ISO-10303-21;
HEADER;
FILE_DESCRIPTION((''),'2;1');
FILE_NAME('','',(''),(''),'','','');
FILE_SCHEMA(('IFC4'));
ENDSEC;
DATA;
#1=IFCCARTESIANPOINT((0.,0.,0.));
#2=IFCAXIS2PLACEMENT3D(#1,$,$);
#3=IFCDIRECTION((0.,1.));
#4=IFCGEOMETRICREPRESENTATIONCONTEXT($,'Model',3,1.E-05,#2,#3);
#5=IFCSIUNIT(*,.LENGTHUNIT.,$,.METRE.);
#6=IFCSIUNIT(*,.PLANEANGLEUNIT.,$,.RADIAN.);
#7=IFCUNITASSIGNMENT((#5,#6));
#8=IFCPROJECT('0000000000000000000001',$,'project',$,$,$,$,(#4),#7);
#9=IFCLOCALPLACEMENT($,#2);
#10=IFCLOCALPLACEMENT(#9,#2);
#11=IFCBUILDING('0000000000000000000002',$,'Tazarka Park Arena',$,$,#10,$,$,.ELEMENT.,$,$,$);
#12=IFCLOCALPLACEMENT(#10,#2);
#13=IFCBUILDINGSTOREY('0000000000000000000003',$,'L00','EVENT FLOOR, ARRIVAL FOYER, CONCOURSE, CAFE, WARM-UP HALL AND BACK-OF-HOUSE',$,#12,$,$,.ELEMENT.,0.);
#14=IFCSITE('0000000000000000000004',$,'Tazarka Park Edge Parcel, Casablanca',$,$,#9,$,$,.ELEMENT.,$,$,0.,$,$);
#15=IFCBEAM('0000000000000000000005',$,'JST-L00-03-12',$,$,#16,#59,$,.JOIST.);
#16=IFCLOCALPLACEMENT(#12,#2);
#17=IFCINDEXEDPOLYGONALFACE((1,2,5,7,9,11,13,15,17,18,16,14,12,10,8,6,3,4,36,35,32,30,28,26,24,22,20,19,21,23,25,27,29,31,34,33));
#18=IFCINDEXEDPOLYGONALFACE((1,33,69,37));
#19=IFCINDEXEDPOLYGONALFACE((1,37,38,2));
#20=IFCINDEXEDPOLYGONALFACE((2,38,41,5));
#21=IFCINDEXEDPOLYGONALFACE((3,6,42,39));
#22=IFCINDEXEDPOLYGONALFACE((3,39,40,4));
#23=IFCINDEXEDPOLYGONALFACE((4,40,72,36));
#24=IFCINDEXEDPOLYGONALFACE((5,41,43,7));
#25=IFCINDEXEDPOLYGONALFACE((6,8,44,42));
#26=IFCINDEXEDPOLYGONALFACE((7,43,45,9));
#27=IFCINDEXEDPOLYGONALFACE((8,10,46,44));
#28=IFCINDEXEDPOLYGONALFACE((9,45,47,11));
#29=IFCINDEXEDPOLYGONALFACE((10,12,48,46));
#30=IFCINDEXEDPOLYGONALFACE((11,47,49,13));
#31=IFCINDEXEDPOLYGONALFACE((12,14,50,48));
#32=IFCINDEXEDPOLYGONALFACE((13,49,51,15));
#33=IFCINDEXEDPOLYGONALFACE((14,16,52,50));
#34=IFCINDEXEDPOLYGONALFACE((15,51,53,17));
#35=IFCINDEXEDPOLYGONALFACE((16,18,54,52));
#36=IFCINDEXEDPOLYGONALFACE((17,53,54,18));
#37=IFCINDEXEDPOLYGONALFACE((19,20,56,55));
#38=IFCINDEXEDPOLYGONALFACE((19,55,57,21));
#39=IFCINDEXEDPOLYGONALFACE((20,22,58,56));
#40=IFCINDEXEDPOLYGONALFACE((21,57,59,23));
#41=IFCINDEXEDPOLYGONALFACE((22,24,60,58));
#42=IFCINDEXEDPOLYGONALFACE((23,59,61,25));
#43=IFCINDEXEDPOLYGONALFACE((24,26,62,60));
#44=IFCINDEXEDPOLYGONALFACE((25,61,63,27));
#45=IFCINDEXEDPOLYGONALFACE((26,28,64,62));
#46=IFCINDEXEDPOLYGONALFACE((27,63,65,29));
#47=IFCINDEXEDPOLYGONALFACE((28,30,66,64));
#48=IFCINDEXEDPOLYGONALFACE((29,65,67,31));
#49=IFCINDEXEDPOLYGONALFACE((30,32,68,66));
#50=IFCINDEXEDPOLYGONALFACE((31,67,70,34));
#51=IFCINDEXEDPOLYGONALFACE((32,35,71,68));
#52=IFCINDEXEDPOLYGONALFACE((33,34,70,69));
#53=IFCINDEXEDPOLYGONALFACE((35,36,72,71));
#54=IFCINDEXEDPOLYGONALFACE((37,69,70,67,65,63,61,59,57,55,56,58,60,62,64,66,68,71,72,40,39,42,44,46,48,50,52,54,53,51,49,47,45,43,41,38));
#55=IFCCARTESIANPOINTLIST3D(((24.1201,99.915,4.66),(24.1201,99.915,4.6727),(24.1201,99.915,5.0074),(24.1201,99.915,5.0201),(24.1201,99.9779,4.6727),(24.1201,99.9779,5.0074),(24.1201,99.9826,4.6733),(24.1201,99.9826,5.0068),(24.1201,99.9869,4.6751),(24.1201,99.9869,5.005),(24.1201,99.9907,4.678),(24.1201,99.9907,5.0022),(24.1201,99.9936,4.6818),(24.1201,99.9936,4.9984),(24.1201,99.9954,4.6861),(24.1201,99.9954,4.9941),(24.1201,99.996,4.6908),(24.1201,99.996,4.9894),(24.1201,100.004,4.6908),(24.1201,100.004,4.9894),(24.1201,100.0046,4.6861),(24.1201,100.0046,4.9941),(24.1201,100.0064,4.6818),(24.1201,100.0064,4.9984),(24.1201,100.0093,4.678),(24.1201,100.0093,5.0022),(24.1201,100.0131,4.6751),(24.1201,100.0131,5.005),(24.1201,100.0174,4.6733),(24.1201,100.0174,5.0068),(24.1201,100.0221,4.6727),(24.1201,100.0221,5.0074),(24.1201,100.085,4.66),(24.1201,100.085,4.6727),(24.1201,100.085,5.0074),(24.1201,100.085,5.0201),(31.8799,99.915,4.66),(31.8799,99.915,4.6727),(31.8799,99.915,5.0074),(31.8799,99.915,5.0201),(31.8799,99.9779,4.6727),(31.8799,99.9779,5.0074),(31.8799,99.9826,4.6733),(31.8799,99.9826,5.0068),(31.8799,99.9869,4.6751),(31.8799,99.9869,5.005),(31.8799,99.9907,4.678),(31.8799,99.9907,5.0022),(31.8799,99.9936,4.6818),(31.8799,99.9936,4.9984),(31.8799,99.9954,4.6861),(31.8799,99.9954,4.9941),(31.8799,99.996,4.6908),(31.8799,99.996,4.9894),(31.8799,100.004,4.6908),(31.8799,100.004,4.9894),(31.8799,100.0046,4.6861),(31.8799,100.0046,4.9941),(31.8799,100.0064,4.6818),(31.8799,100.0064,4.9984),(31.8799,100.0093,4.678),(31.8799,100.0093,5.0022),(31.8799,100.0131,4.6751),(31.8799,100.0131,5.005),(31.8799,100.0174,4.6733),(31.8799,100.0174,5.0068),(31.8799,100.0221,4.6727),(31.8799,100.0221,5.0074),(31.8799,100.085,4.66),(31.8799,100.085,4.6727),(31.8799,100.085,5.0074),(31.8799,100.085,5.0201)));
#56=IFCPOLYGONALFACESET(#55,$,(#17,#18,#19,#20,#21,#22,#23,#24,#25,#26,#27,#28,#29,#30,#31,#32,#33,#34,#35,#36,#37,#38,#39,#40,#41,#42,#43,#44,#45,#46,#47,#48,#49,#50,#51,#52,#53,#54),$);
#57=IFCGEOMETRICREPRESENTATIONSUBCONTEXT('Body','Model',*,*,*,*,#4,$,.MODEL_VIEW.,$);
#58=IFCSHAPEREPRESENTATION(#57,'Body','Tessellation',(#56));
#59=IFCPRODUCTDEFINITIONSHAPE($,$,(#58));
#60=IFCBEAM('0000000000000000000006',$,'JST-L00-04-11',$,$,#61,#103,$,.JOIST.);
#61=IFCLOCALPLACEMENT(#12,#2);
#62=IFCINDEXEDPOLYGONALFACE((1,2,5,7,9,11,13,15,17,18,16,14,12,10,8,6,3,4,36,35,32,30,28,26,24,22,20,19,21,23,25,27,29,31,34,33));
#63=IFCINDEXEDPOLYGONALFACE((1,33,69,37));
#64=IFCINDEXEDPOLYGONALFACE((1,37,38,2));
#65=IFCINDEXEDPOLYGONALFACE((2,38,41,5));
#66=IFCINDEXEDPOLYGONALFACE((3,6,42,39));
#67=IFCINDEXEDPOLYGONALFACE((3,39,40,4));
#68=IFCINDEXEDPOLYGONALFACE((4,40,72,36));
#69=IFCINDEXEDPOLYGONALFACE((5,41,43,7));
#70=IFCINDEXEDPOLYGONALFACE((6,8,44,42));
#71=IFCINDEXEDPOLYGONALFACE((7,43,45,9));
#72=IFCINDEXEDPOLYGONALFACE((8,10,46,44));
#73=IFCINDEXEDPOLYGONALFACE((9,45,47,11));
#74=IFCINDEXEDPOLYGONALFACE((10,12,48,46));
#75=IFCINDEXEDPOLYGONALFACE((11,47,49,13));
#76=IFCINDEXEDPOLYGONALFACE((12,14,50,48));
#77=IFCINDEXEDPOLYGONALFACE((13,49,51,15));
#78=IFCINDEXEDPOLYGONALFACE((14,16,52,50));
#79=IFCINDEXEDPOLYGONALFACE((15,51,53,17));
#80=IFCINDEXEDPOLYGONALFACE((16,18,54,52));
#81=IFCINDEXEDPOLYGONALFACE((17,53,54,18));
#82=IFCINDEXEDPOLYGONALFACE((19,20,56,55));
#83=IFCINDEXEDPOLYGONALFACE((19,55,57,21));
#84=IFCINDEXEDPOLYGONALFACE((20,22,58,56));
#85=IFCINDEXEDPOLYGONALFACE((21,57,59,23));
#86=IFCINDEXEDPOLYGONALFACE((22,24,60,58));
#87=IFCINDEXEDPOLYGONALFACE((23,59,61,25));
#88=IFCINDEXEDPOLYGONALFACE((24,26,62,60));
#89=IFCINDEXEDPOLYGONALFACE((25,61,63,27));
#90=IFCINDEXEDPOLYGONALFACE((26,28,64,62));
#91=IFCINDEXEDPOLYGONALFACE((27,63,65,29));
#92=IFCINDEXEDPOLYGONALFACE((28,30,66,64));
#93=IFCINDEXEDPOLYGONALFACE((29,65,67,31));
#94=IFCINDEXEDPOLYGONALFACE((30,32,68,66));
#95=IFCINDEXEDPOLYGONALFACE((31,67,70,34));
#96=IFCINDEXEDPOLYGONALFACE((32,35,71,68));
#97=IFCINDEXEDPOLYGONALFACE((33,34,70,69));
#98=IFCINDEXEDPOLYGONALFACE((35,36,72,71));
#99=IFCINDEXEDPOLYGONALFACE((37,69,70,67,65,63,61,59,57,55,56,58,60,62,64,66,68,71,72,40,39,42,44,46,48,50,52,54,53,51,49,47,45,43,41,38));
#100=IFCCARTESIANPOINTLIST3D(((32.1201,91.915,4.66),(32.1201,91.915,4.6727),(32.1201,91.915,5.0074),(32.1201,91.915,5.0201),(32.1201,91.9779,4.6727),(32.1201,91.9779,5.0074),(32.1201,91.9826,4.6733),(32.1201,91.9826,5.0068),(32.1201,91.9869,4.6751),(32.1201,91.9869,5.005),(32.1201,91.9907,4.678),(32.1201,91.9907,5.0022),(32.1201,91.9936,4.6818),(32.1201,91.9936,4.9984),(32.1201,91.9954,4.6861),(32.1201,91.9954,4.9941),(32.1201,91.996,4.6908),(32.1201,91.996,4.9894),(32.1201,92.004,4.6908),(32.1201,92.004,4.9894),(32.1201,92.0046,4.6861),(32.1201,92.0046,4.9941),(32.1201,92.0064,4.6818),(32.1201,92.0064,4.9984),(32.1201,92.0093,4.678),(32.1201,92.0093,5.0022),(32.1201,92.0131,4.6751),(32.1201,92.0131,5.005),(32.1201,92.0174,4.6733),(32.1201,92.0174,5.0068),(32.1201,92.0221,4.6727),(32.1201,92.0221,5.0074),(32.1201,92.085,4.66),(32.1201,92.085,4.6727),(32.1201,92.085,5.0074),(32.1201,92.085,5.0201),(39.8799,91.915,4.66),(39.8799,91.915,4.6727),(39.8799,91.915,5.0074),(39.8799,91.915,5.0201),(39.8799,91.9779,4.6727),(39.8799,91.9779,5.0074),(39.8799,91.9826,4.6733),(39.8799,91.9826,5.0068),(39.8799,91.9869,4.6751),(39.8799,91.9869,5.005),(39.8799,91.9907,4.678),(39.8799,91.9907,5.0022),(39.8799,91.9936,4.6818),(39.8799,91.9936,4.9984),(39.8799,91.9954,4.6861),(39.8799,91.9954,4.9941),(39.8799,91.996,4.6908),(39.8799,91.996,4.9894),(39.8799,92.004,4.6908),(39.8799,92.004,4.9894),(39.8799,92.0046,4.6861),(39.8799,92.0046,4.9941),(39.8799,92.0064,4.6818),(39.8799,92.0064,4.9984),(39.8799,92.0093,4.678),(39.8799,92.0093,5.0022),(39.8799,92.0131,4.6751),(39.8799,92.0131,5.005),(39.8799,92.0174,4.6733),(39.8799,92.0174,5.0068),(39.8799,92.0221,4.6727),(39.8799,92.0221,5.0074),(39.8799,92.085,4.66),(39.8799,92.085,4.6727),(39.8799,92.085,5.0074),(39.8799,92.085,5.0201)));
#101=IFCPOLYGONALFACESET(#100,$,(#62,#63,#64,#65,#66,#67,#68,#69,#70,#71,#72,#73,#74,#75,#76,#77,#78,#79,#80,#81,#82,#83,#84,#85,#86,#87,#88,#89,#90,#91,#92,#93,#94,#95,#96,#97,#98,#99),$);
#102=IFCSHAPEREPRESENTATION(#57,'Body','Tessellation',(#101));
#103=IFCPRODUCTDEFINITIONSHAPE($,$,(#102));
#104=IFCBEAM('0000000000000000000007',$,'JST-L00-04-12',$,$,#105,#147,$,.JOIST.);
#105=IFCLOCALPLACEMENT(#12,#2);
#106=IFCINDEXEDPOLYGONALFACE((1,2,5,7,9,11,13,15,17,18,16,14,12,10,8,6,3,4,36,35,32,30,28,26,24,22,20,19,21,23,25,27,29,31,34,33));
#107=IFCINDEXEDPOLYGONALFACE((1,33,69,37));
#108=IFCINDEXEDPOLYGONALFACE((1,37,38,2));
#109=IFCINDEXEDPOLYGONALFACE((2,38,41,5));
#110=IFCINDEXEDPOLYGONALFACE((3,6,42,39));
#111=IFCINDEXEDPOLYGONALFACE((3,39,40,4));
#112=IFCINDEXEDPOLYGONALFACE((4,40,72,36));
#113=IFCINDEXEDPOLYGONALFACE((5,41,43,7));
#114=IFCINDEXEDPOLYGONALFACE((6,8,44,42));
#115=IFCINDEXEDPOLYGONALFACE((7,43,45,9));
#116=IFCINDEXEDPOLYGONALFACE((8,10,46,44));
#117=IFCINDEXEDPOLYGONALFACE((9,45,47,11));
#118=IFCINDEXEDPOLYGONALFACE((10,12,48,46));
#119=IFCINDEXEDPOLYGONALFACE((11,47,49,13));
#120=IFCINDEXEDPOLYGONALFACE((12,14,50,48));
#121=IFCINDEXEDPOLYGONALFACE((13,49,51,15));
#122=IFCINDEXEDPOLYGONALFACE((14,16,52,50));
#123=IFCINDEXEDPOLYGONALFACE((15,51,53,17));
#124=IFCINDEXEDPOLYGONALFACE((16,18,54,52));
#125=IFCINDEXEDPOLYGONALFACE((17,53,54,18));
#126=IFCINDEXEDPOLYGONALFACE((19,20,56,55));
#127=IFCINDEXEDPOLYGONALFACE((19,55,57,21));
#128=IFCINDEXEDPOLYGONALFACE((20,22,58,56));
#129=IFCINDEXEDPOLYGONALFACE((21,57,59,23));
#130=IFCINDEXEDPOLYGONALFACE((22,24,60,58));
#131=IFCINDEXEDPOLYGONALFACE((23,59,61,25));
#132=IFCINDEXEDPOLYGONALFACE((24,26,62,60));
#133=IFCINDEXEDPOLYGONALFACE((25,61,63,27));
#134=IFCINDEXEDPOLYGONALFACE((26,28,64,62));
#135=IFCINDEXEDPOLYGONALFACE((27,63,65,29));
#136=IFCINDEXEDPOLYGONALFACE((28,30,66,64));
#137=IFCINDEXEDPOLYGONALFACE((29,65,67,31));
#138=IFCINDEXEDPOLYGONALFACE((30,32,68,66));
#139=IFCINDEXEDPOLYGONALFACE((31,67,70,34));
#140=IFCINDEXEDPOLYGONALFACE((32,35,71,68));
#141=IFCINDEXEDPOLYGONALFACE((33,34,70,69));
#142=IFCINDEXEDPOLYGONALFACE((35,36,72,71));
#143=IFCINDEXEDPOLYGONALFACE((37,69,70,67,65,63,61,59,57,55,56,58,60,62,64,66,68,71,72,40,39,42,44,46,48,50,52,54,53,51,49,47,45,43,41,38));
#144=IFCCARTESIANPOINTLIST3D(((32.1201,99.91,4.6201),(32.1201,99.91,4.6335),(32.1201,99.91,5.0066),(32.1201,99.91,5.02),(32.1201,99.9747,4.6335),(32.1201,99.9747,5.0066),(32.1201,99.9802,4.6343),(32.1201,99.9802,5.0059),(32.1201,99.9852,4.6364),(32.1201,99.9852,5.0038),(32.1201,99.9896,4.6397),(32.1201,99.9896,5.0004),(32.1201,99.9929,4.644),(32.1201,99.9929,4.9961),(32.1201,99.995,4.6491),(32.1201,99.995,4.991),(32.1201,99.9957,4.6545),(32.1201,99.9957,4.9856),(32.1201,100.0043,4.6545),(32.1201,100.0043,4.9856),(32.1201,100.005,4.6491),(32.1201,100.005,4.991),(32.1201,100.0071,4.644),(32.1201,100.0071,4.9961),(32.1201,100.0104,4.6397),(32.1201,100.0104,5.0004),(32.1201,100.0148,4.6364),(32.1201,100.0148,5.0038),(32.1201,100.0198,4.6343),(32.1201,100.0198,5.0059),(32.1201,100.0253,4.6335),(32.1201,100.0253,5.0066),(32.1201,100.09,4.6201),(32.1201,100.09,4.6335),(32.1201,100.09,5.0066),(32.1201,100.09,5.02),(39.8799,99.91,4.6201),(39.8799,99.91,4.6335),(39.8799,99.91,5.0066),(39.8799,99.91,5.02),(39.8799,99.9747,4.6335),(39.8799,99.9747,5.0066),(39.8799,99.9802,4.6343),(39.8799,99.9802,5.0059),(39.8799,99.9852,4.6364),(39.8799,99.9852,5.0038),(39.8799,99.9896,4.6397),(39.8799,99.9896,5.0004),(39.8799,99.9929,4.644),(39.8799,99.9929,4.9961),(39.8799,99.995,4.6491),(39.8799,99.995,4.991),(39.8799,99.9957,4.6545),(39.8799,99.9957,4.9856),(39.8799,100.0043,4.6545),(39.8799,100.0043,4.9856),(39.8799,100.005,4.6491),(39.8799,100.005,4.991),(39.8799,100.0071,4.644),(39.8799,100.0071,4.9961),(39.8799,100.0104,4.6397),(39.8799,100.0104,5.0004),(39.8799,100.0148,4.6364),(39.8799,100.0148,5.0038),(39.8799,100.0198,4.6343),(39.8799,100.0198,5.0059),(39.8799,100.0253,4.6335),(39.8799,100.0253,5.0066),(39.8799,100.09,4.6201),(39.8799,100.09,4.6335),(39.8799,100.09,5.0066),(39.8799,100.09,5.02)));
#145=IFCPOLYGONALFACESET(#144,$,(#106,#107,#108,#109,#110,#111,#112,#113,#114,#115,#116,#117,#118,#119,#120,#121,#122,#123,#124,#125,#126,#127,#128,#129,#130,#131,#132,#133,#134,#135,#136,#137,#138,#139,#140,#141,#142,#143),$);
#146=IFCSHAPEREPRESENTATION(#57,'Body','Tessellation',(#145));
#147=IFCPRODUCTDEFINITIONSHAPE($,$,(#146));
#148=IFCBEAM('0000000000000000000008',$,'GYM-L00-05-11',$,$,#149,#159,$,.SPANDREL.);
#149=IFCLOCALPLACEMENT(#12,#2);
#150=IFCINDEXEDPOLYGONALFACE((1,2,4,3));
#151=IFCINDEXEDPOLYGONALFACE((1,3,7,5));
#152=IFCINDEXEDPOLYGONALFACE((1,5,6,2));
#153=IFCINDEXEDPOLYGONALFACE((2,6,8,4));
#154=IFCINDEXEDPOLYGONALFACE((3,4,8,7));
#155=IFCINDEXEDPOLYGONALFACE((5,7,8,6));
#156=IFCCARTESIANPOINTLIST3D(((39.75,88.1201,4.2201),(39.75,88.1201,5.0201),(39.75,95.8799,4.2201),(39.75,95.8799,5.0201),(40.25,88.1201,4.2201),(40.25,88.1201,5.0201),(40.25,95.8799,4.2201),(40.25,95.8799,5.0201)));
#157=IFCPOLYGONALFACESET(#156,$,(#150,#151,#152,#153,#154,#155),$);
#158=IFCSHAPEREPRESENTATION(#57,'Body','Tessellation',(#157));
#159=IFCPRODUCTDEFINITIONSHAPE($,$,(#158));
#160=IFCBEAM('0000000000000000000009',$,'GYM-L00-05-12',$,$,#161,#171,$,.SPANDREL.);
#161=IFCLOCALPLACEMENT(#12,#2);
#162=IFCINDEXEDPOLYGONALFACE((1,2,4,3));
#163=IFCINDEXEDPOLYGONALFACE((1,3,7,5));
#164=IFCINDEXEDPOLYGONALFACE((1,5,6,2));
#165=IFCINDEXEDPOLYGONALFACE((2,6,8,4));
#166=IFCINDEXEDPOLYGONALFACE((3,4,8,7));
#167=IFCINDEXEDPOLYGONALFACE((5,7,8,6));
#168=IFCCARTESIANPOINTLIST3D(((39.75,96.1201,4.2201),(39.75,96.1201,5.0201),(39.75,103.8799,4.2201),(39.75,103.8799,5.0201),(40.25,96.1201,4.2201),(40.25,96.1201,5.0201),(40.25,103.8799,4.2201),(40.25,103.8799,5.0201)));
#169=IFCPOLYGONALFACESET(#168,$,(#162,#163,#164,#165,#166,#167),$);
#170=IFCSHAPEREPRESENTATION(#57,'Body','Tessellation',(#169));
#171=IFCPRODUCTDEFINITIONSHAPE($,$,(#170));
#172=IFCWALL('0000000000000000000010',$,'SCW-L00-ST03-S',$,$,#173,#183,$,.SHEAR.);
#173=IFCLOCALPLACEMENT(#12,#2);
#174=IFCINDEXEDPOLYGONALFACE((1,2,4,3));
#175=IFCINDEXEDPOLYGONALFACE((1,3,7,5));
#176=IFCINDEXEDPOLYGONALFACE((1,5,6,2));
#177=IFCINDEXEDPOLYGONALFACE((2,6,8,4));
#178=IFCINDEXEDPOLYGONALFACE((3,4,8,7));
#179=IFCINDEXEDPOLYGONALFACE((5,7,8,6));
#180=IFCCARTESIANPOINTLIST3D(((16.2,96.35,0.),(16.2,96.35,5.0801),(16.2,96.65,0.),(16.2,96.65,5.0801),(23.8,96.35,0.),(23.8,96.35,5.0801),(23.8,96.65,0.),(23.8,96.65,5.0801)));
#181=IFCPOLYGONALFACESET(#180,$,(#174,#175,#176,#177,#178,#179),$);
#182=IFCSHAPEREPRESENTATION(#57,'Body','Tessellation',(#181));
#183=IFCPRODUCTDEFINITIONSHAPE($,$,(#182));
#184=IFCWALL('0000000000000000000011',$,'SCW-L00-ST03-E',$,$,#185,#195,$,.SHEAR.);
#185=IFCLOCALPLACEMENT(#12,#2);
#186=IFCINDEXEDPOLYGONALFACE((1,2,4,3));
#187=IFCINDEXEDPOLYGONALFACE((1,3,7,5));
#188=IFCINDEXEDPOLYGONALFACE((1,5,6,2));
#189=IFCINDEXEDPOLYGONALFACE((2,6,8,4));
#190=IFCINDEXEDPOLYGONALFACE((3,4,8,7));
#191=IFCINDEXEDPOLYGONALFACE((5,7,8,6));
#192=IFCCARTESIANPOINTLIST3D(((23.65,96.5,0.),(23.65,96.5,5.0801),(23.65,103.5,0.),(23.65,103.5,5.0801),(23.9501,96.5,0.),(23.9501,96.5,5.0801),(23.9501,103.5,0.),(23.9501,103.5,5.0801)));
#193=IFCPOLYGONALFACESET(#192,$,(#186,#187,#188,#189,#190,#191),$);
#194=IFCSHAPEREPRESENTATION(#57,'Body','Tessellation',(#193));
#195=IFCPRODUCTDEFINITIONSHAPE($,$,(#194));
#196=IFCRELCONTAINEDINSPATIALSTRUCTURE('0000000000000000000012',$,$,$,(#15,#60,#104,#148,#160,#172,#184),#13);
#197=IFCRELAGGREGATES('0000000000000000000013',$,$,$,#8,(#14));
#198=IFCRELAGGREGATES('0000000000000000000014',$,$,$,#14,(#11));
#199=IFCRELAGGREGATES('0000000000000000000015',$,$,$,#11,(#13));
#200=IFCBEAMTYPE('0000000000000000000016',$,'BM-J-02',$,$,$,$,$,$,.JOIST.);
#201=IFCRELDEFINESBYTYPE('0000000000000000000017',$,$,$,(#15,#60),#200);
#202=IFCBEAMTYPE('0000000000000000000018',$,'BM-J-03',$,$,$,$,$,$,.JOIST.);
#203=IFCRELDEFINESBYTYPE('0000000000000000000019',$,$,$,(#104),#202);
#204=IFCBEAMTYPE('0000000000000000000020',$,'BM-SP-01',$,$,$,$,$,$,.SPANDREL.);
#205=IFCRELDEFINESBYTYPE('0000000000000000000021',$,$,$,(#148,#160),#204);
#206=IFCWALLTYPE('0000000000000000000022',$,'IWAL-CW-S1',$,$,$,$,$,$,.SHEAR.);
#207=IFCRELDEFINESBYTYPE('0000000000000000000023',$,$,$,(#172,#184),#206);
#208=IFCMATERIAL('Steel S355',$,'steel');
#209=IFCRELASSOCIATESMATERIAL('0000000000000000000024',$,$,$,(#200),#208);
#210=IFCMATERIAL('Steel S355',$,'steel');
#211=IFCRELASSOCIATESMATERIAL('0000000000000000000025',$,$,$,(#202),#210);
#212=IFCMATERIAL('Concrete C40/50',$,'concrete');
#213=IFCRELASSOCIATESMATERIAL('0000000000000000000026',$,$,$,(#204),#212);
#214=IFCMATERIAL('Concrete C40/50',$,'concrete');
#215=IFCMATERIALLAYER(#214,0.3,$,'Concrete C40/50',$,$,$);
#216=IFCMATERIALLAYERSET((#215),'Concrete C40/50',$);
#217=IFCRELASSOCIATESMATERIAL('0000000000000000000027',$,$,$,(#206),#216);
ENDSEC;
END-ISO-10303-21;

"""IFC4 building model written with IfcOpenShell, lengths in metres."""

from ifc_helpers import new_model, si_unit, direction, frame, frame_2d, origin, origin_2d, place, context, subcontext, project, spatial, rectangle, i_section, extrude, material, layer, layer_set, material_profile, profile_set, type_object, element, save


model = new_model("IFC4")

# Units and contexts
model_context = context("Model", 3, precision=1e-05, world=origin(), true_north=direction((0.0, 1.0)))
body_context = subcontext(model_context, "Body", "Model", "MODEL_VIEW")
ifc_project = project(units=[si_unit("LENGTHUNIT", "METRE"), si_unit("PLANEANGLEUNIT", "RADIAN")], contexts=[model_context])

# Site, building, storey
site_placement = place(None, origin())
site = spatial("IfcSite", under=ifc_project, at=site_placement, Name="Tazarka Park Edge Parcel, Casablanca", CompositionType="ELEMENT", RefElevation=0.0)
building_placement = place(site_placement, origin())
building = spatial("IfcBuilding", under=site, at=building_placement, Name="Tazarka Park Arena", CompositionType="ELEMENT")
storey_placement = place(building_placement, origin())
storey = spatial("IfcBuildingStorey", under=building, at=storey_placement, Name="L00", Description="EVENT FLOOR, ARRIVAL FOYER, CONCOURSE, CAFE, WARM-UP HALL AND BACK-OF-HOUSE", CompositionType="ELEMENT", Elevation=0.0)

# Beams
ifc_material_1 = material(Name="Steel S355", Category="steel")
ifc_material_profile_1 = material_profile(ifc_material_1, i_section(OverallWidth=0.1699, OverallDepth=0.3601, WebThickness=0.0081, FlangeThickness=0.0127, FilletRadius=0.0181, at=origin_2d()), Name="Steel S355")
ifc_profile_set_1 = profile_set([ifc_material_profile_1], Name="Steel S355")
beam_type_1 = type_object("IfcBeamType", Name="BM-J-02", PredefinedType="JOIST", material=ifc_profile_set_1)
for number, where, z_axis, x_axis, name in (
    (1, (24.1201, 100.0, 4.8401), (1.0, 0.0, 0.0), (0.0, 1.0, 0.0), "JST-L00-03-12"),
    (2, (32.1201, 92.0, 4.8401), (1.0, 0.0, 0.0), (0.0, 1.0, 0.0), "JST-L00-04-11"),
):
    element("IfcBeam", number, at=place(storey_placement, frame(where, z_axis=z_axis, x_axis=x_axis)), inside=storey, type_object=beam_type_1, Name=name, PredefinedType="JOIST", context=body_context, shape_type="SweptSolid", body=[
        extrude(i_section(OverallWidth=0.1699, OverallDepth=0.3601, WebThickness=0.0081, FlangeThickness=0.0127, FilletRadius=0.0181, at=origin_2d()), origin(), (0.0, 0.0, 1.0), 7.7598),
    ])
ifc_material_2 = material(Name="Steel S355", Category="steel")
ifc_material_profile_2 = material_profile(ifc_material_2, i_section(OverallWidth=0.1799, OverallDepth=0.3999, WebThickness=0.0085, FlangeThickness=0.0134, FilletRadius=0.021, at=origin_2d()), Name="Steel S355")
ifc_profile_set_2 = profile_set([ifc_material_profile_2], Name="Steel S355")
beam_type_2 = type_object("IfcBeamType", Name="BM-J-03", PredefinedType="JOIST", material=ifc_profile_set_2)
beam_1_placement = place(storey_placement, frame((32.1201, 100.0, 4.8201), z_axis=(1.0, 0.0, 0.0), x_axis=(0.0, 1.0, 0.0)))
element("IfcBeam", 3, at=beam_1_placement, inside=storey, type_object=beam_type_2, Name="JST-L00-04-12", PredefinedType="JOIST", context=body_context, shape_type="SweptSolid", body=[
    extrude(i_section(OverallWidth=0.1799, OverallDepth=0.3999, WebThickness=0.0085, FlangeThickness=0.0134, FilletRadius=0.021, at=origin_2d()), origin(), (0.0, 0.0, 1.0), 7.7598),
])
ifc_material_3 = material(Name="Concrete C40/50", Category="concrete")
ifc_material_profile_3 = material_profile(ifc_material_3, rectangle(XDim=0.5, YDim=0.8, at=origin_2d()), Name="Concrete C40/50")
ifc_profile_set_3 = profile_set([ifc_material_profile_3], Name="Concrete C40/50")
beam_type_3 = type_object("IfcBeamType", Name="BM-SP-01", PredefinedType="SPANDREL", material=ifc_profile_set_3)
for number, where, z_axis, x_axis, name in (
    (4, (40.0, 88.1201, 4.6201), (0.0, 1.0, 0.0), (-1.0, 0.0, 0.0), "GYM-L00-05-11"),
    (5, (40.0, 96.1201, 4.6201), (0.0, 1.0, 0.0), (-1.0, 0.0, 0.0), "GYM-L00-05-12"),
):
    element("IfcBeam", number, at=place(storey_placement, frame(where, z_axis=z_axis, x_axis=x_axis)), inside=storey, type_object=beam_type_3, Name=name, PredefinedType="SPANDREL", context=body_context, shape_type="SweptSolid", body=[
        extrude(rectangle(XDim=0.5, YDim=0.8, at=origin_2d()), origin(), (0.0, 0.0, 1.0), 7.7598),
    ])

# Walls
ifc_material_4 = material(Name="Concrete C40/50", Category="concrete")
ifc_layer_1 = layer(ifc_material_4, 0.3, Name="Concrete C40/50")
ifc_layer_set_1 = layer_set([ifc_layer_1], Name="Concrete C40/50")
wall_type_1 = type_object("IfcWallType", Name="IWAL-CW-S1", PredefinedType="SHEAR", material=ifc_layer_set_1)
wall_1_placement = place(storey_placement, frame((23.8, 96.5, 0.0), z_axis=(0.0, 0.0, 1.0), x_axis=(-1.0, 0.0, 0.0)))
element("IfcWall", 6, at=wall_1_placement, inside=storey, type_object=wall_type_1, Name="SCW-L00-ST03-S", PredefinedType="SHEAR", context=body_context, shape_type="SweptSolid", body=[
    extrude(rectangle(XDim=7.6001, YDim=0.3, at=frame_2d((3.8, 0.0))), origin(), (0.0, 0.0, 1.0), 5.0801),
])
wall_2_placement = place(storey_placement, frame((23.8, 103.5, 0.0), z_axis=(0.0, 0.0, 1.0), x_axis=(0.0, -1.0, 0.0)))
element("IfcWall", 7, at=wall_2_placement, inside=storey, type_object=wall_type_1, Name="SCW-L00-ST03-E", PredefinedType="SHEAR", context=body_context, shape_type="SweptSolid", body=[
    extrude(rectangle(XDim=7.0, YDim=0.3, at=frame_2d((3.5, 0.0))), origin(), (0.0, 0.0, 1.0), 5.0801),
])

save(model, "model.ifc")
